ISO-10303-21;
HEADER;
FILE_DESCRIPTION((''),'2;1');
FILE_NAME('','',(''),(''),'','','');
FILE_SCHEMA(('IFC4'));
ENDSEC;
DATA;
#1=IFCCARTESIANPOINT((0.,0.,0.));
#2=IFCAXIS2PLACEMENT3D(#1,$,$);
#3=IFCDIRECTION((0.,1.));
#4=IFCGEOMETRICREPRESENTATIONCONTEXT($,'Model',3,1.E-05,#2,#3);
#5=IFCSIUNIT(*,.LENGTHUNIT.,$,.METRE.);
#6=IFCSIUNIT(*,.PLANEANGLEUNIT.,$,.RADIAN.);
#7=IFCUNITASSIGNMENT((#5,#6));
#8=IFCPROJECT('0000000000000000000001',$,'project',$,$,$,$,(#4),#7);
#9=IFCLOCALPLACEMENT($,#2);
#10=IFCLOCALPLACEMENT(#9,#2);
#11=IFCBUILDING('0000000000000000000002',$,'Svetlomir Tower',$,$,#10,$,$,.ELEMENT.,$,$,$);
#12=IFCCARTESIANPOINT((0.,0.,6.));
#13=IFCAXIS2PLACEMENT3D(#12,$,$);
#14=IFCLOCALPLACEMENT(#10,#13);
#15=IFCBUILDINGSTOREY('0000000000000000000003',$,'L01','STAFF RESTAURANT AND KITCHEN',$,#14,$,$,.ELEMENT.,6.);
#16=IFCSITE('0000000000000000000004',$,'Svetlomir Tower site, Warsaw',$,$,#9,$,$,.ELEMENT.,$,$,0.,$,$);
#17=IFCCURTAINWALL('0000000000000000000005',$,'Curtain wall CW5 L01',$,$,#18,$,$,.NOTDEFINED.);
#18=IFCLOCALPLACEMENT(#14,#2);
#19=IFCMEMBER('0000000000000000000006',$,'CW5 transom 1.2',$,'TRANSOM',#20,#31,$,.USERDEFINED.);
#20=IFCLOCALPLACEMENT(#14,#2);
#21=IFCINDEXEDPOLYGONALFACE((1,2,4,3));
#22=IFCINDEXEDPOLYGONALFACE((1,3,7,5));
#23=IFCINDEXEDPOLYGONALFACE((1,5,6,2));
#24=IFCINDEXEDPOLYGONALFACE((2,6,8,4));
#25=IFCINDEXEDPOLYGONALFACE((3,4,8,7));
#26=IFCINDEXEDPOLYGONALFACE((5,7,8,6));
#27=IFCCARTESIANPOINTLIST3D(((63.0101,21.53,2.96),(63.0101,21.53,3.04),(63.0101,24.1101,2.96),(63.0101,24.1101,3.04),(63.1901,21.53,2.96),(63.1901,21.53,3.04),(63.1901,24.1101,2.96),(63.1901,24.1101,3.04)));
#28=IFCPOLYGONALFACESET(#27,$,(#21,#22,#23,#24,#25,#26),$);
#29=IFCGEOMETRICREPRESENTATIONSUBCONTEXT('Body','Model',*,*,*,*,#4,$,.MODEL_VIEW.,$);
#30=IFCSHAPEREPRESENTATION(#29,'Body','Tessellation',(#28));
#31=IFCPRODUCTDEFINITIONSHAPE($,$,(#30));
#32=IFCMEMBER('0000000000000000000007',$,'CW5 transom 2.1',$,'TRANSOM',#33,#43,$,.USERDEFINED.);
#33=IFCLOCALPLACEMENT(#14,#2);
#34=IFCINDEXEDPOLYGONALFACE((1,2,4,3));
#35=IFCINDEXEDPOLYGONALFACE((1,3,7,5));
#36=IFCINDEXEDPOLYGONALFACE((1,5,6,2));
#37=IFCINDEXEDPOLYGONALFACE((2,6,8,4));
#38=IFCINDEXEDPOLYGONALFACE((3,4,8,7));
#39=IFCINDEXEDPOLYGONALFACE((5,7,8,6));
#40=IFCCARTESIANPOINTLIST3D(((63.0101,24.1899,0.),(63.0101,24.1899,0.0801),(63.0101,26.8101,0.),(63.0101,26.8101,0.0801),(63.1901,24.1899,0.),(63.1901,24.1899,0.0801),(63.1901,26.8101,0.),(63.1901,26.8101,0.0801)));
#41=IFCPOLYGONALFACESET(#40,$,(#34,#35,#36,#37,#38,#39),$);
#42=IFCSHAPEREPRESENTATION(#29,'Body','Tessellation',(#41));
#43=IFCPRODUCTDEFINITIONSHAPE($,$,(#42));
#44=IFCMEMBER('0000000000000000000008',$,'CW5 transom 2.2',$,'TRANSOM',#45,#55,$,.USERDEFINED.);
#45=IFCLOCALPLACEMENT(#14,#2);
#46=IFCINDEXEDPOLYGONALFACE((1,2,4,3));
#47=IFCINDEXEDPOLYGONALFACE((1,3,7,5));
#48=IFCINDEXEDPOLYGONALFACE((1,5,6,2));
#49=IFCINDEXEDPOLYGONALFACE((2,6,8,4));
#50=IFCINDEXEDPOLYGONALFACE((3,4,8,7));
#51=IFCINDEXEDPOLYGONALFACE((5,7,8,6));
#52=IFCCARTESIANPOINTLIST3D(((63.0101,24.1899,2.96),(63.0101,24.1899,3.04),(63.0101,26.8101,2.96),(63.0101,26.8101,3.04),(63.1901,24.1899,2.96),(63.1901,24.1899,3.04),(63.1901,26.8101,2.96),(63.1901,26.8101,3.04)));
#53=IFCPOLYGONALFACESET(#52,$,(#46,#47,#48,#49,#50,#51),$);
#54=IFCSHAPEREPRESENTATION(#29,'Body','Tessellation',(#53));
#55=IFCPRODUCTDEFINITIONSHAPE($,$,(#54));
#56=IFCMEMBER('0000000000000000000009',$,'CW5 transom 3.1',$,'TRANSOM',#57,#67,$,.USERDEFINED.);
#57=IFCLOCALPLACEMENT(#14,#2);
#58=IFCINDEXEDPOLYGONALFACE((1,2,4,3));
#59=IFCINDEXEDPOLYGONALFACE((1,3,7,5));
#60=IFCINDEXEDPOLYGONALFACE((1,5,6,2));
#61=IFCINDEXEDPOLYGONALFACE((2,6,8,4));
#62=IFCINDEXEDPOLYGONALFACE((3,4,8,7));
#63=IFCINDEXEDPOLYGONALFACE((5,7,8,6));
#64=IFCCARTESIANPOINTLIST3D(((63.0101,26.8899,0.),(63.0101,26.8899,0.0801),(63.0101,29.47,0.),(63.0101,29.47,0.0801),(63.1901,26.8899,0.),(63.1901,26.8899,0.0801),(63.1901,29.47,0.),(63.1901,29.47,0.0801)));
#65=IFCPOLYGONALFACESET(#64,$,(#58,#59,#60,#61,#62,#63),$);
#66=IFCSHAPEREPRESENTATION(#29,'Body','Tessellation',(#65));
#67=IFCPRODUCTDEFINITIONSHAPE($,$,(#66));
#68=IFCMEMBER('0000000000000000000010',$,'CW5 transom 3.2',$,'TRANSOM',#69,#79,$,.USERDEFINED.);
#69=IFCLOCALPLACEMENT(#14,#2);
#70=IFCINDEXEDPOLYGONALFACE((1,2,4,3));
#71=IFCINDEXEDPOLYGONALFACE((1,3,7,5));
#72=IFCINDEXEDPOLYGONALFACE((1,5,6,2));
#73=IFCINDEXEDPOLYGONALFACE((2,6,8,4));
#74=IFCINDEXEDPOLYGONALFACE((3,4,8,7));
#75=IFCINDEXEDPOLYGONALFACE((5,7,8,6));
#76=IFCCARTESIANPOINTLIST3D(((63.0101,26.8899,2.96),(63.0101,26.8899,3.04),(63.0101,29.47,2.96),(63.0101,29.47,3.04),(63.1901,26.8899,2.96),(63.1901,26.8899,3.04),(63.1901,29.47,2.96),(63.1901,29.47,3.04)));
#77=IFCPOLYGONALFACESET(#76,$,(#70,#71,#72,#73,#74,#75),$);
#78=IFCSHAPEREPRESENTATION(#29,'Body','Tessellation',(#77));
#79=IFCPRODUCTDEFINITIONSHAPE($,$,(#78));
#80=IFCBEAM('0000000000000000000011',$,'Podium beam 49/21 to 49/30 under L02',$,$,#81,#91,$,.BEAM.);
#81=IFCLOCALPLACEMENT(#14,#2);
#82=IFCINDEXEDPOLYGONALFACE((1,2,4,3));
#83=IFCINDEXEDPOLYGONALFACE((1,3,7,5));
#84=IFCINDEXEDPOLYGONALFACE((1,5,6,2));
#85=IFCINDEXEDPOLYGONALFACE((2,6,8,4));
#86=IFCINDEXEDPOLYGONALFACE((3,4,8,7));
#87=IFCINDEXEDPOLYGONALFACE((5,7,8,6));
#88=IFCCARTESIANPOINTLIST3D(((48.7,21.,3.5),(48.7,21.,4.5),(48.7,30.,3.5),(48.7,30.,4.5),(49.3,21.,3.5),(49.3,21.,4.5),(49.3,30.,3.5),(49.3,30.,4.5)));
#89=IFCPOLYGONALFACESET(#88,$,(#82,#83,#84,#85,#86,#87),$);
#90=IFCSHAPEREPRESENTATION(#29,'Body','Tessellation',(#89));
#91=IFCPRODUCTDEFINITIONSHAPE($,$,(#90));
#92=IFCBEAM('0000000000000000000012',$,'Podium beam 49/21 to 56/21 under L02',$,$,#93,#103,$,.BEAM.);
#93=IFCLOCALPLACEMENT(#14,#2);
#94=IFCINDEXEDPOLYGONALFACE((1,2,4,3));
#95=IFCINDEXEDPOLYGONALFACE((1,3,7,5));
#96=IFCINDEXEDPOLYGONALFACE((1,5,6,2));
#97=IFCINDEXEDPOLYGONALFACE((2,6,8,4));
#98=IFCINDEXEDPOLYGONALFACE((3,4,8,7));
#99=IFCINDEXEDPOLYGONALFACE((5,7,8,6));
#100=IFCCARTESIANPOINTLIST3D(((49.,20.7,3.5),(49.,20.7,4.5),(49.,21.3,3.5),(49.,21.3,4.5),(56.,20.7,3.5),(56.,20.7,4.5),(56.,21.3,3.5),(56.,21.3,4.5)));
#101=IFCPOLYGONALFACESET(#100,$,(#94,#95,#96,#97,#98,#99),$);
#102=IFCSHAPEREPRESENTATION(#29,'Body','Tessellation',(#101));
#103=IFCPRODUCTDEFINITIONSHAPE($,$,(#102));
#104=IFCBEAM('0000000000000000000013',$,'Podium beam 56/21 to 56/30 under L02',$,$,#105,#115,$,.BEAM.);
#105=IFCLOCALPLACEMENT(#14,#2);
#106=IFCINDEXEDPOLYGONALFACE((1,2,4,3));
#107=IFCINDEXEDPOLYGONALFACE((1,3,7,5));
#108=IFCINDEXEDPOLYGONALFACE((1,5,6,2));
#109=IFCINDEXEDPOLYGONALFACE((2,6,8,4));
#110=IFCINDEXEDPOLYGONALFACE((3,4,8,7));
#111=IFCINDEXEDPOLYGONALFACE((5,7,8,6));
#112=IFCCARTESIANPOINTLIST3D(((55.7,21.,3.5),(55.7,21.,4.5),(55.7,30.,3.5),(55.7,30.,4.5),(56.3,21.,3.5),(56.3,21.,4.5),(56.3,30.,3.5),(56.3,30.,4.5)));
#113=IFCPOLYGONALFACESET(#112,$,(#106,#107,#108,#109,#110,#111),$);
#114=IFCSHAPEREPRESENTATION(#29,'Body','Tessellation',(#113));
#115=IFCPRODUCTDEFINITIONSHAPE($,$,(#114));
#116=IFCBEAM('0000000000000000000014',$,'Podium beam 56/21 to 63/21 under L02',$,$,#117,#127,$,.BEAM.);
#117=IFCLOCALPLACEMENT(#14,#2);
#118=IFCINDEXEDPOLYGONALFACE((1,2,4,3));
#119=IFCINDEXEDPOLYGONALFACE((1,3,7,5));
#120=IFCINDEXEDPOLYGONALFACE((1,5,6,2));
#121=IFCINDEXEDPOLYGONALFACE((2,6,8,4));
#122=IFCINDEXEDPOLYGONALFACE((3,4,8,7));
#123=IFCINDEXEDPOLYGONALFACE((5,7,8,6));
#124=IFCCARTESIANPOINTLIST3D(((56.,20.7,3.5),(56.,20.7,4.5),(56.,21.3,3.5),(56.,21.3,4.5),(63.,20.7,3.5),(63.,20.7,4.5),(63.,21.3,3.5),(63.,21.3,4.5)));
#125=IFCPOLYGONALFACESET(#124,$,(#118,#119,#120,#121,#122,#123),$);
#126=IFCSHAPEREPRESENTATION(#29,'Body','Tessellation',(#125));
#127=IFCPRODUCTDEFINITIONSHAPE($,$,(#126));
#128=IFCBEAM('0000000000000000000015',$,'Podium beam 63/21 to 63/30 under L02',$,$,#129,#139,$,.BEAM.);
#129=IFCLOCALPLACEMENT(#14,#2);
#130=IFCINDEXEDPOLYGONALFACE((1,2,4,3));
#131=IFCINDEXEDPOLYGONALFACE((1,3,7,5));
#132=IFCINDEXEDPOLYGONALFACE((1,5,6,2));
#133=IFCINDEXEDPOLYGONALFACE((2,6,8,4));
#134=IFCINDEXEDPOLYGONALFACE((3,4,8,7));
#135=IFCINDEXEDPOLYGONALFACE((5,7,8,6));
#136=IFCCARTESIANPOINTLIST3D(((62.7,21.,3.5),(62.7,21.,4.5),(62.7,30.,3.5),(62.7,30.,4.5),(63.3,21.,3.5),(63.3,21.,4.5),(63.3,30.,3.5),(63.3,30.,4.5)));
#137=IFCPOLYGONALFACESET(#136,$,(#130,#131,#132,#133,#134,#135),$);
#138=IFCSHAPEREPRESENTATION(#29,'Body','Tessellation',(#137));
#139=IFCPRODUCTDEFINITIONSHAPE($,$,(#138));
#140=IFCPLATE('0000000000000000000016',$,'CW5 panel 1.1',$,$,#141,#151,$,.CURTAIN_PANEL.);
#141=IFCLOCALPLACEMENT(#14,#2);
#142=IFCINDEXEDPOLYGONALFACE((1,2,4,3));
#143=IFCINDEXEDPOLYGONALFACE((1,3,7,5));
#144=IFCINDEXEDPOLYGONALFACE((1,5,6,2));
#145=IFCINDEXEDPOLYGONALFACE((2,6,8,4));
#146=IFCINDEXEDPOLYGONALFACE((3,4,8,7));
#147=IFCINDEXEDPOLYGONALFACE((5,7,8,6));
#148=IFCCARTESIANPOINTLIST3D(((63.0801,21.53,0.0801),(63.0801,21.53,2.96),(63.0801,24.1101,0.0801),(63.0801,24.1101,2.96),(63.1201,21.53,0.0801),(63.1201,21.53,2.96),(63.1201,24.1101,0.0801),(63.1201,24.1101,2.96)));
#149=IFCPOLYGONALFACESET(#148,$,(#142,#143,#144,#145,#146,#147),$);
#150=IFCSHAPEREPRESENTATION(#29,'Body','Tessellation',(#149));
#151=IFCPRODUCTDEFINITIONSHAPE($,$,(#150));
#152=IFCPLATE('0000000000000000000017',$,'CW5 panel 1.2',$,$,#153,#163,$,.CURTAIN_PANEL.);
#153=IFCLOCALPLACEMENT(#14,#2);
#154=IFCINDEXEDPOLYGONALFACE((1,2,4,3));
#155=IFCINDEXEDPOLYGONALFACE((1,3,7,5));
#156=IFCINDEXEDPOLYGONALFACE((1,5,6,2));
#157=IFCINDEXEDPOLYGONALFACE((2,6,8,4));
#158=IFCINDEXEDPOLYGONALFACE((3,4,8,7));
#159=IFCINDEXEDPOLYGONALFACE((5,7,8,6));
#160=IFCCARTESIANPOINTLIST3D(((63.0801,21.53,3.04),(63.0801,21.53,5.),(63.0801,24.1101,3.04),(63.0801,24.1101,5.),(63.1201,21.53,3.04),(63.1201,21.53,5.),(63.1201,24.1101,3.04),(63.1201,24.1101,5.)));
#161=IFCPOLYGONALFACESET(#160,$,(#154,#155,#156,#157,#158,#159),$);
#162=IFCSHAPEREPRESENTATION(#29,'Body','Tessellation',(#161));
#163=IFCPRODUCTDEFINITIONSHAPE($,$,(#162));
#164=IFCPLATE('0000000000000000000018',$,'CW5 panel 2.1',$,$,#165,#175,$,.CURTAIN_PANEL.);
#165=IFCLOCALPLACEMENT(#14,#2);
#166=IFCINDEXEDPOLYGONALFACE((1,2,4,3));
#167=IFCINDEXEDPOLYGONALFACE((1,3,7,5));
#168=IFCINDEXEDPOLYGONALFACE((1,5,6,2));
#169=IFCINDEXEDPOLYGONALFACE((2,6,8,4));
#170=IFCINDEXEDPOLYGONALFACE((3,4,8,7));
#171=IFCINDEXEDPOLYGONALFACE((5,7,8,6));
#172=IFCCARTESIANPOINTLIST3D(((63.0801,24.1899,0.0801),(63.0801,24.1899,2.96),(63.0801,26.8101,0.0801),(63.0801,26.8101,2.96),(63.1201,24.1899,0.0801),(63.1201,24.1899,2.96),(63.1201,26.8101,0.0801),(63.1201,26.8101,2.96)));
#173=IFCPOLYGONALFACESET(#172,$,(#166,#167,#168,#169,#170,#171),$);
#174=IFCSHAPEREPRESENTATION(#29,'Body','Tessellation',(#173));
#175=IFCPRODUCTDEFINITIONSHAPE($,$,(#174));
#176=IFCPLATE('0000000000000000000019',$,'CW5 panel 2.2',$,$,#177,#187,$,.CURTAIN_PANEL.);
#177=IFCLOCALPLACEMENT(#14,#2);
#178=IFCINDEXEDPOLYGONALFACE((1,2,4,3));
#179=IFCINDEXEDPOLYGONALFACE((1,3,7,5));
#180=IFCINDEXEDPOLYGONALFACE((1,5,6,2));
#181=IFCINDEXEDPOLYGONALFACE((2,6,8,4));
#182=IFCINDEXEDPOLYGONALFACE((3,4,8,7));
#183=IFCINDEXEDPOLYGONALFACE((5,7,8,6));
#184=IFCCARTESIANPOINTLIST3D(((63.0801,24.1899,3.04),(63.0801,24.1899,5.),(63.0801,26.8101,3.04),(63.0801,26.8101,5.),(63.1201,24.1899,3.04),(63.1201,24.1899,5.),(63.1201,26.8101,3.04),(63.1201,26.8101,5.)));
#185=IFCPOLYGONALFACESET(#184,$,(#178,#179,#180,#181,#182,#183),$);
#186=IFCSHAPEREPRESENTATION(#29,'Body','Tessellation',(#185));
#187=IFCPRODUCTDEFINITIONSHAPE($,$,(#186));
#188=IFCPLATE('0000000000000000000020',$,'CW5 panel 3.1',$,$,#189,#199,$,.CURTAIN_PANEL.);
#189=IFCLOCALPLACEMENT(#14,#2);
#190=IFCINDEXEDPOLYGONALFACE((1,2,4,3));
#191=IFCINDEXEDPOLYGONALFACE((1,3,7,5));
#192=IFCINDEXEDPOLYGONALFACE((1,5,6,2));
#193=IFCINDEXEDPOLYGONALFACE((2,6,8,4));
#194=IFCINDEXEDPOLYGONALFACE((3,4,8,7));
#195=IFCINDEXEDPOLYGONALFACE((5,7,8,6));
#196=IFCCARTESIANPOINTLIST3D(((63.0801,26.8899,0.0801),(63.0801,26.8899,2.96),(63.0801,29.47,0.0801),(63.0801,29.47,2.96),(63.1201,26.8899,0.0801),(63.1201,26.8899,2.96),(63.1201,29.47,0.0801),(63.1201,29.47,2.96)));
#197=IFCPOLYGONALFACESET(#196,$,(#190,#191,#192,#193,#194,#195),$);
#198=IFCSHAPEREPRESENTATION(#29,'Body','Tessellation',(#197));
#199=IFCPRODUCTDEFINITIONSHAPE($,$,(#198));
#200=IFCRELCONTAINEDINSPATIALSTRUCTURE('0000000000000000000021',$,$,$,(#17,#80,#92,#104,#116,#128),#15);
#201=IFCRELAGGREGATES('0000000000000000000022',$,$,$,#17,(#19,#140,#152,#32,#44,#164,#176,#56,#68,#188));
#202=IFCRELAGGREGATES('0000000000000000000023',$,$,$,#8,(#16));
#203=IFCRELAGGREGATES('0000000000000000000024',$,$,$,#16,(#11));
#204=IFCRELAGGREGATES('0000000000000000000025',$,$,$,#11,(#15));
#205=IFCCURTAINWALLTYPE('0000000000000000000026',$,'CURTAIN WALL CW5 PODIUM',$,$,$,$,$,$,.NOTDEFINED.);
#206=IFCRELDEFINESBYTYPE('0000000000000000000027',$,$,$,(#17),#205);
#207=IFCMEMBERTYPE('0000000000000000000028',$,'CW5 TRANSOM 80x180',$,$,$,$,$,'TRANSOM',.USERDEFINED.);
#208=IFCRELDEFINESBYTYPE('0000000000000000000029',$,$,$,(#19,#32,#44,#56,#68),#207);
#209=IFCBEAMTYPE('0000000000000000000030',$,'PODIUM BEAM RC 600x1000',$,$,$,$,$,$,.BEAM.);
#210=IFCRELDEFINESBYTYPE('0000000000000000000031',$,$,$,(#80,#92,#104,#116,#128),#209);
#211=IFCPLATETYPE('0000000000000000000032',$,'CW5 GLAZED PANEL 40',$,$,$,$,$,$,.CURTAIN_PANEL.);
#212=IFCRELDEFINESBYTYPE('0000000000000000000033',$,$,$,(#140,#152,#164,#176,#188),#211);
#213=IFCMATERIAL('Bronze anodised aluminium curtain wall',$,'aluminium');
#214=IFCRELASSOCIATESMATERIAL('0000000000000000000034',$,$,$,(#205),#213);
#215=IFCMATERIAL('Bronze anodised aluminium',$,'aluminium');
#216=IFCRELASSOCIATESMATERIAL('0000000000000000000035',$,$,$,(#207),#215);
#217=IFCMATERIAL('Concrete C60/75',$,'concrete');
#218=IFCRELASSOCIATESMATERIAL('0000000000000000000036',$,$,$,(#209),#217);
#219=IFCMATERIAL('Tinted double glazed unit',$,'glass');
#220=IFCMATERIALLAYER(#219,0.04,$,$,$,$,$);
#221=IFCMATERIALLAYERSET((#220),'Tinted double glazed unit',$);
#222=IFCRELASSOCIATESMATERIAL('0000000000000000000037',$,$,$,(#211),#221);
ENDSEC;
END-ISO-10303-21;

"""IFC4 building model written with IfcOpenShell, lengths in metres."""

from ifc_helpers import new_model, si_unit, direction, frame, origin, origin_2d, place, context, subcontext, project, spatial, rectangle, extrude, material, layer, layer_set, material_profile, profile_set, type_object, element, aggregate, save


model = new_model("IFC4")

# Units and contexts
model_context = context("Model", 3, precision=1e-05, world=origin(), true_north=direction((0.0, 1.0)))
body_context = subcontext(model_context, "Body", "Model", "MODEL_VIEW")
ifc_project = project(units=[si_unit("LENGTHUNIT", "METRE"), si_unit("PLANEANGLEUNIT", "RADIAN")], contexts=[model_context])

# Site, building, storey
site_placement = place(None, origin())
site = spatial("IfcSite", under=ifc_project, at=site_placement, Name="Svetlomir Tower site, Warsaw", CompositionType="ELEMENT", RefElevation=0.0)
building_placement = place(site_placement, origin())
building = spatial("IfcBuilding", under=site, at=building_placement, Name="Svetlomir Tower", CompositionType="ELEMENT")
storey_placement = place(building_placement, frame((0.0, 0.0, 6.0)))
storey = spatial("IfcBuildingStorey", under=building, at=storey_placement, Name="L01", Description="STAFF RESTAURANT AND KITCHEN", CompositionType="ELEMENT", Elevation=6.0)

# Curtain wall, members
ifc_material_1 = material(Name="Bronze anodised aluminium curtain wall", Category="aluminium")
curtain_wall_type = type_object("IfcCurtainWallType", Name="CURTAIN WALL CW5 PODIUM", PredefinedType="NOTDEFINED", material=ifc_material_1)
curtain_wall_placement = place(storey_placement, origin())
curtain_wall = element("IfcCurtainWall", 1, at=curtain_wall_placement, inside=storey, type_object=curtain_wall_type, Name="Curtain wall CW5 L01", PredefinedType="NOTDEFINED")
ifc_material_2 = material(Name="Bronze anodised aluminium", Category="aluminium")
ifc_material_profile_1 = material_profile(ifc_material_2, rectangle(XDim=0.1799, YDim=0.0801, at=origin_2d()), Name="AL 180x80")
ifc_profile_set_1 = profile_set([ifc_material_profile_1], Name="Bronze anodised aluminium 6063-T6")
member_type_1 = type_object("IfcMemberType", Name="CW5 TRANSOM 80x180", ElementType="TRANSOM", PredefinedType="USERDEFINED", material=ifc_profile_set_1)
member_1_placement = place(storey_placement, frame((63.1001, 21.53, 3.0), z_axis=(0.0, 1.0, 0.0), x_axis=(-1.0, 0.0, 0.0)))
member_1 = element("IfcMember", 2, at=member_1_placement, type_object=member_type_1, Name="CW5 transom 1.2", ObjectType="TRANSOM", PredefinedType="USERDEFINED", context=body_context, shape_type="SweptSolid", body=[
    extrude(rectangle(XDim=0.1799, YDim=0.0801, at=origin_2d()), origin(), (0.0, 0.0, 1.0), 2.5801),
])
member_2_placement = place(storey_placement, frame((63.1001, 24.1899, 0.04), z_axis=(0.0, 1.0, 0.0), x_axis=(-1.0, 0.0, 0.0)))
member_2 = element("IfcMember", 3, at=member_2_placement, type_object=member_type_1, Name="CW5 transom 2.1", ObjectType="TRANSOM", PredefinedType="USERDEFINED", context=body_context, shape_type="SweptSolid", body=[
    extrude(rectangle(XDim=0.1799, YDim=0.0801, at=origin_2d()), origin(), (0.0, 0.0, 1.0), 2.6201),
])
member_3_placement = place(storey_placement, frame((63.1001, 24.1899, 3.0), z_axis=(0.0, 1.0, 0.0), x_axis=(-1.0, 0.0, 0.0)))
member_3 = element("IfcMember", 4, at=member_3_placement, type_object=member_type_1, Name="CW5 transom 2.2", ObjectType="TRANSOM", PredefinedType="USERDEFINED", context=body_context, shape_type="SweptSolid", body=[
    extrude(rectangle(XDim=0.1799, YDim=0.0801, at=origin_2d()), origin(), (0.0, 0.0, 1.0), 2.6201),
])
member_4_placement = place(storey_placement, frame((63.1001, 26.8899, 0.04), z_axis=(0.0, 1.0, 0.0), x_axis=(-1.0, 0.0, 0.0)))
member_4 = element("IfcMember", 5, at=member_4_placement, type_object=member_type_1, Name="CW5 transom 3.1", ObjectType="TRANSOM", PredefinedType="USERDEFINED", context=body_context, shape_type="SweptSolid", body=[
    extrude(rectangle(XDim=0.1799, YDim=0.0801, at=origin_2d()), origin(), (0.0, 0.0, 1.0), 2.5801),
])
member_5_placement = place(storey_placement, frame((63.1001, 26.8899, 3.0), z_axis=(0.0, 1.0, 0.0), x_axis=(-1.0, 0.0, 0.0)))
member_5 = element("IfcMember", 6, at=member_5_placement, type_object=member_type_1, Name="CW5 transom 3.2", ObjectType="TRANSOM", PredefinedType="USERDEFINED", context=body_context, shape_type="SweptSolid", body=[
    extrude(rectangle(XDim=0.1799, YDim=0.0801, at=origin_2d()), origin(), (0.0, 0.0, 1.0), 2.5801),
])

# Beams
ifc_material_3 = material(Name="Concrete C60/75", Category="concrete")
ifc_material_profile_2 = material_profile(ifc_material_3, rectangle(XDim=0.6001, YDim=1.0, at=origin_2d()), Name="RC 600x1000")
ifc_profile_set_2 = profile_set([ifc_material_profile_2], Name="Concrete C60/75")
beam_type = type_object("IfcBeamType", Name="PODIUM BEAM RC 600x1000", PredefinedType="BEAM", material=ifc_profile_set_2)
beam_1_placement = place(storey_placement, frame((49.0, 21.0, 4.0), z_axis=(0.0, 1.0, 0.0), x_axis=(-1.0, 0.0, 0.0)))
element("IfcBeam", 7, at=beam_1_placement, inside=storey, type_object=beam_type, Name="Podium beam 49/21 to 49/30 under L02", PredefinedType="BEAM", context=body_context, shape_type="SweptSolid", body=[
    extrude(rectangle(XDim=0.6001, YDim=1.0, at=origin_2d()), origin(), (0.0, 0.0, 1.0), 9.0),
])
beam_2_placement = place(storey_placement, frame((49.0, 21.0, 4.0), z_axis=(1.0, 0.0, 0.0), x_axis=(0.0, 1.0, 0.0)))
element("IfcBeam", 8, at=beam_2_placement, inside=storey, type_object=beam_type, Name="Podium beam 49/21 to 56/21 under L02", PredefinedType="BEAM", context=body_context, shape_type="SweptSolid", body=[
    extrude(rectangle(XDim=0.6001, YDim=1.0, at=origin_2d()), origin(), (0.0, 0.0, 1.0), 7.0),
])
beam_3_placement = place(storey_placement, frame((56.0, 21.0, 4.0), z_axis=(0.0, 1.0, 0.0), x_axis=(-1.0, 0.0, 0.0)))
element("IfcBeam", 9, at=beam_3_placement, inside=storey, type_object=beam_type, Name="Podium beam 56/21 to 56/30 under L02", PredefinedType="BEAM", context=body_context, shape_type="SweptSolid", body=[
    extrude(rectangle(XDim=0.6001, YDim=1.0, at=origin_2d()), origin(), (0.0, 0.0, 1.0), 9.0),
])
beam_4_placement = place(storey_placement, frame((56.0, 21.0, 4.0), z_axis=(1.0, 0.0, 0.0), x_axis=(0.0, 1.0, 0.0)))
element("IfcBeam", 10, at=beam_4_placement, inside=storey, type_object=beam_type, Name="Podium beam 56/21 to 63/21 under L02", PredefinedType="BEAM", context=body_context, shape_type="SweptSolid", body=[
    extrude(rectangle(XDim=0.6001, YDim=1.0, at=origin_2d()), origin(), (0.0, 0.0, 1.0), 7.0),
])
beam_5_placement = place(storey_placement, frame((63.0, 21.0, 4.0), z_axis=(0.0, 1.0, 0.0), x_axis=(-1.0, 0.0, 0.0)))
element("IfcBeam", 11, at=beam_5_placement, inside=storey, type_object=beam_type, Name="Podium beam 63/21 to 63/30 under L02", PredefinedType="BEAM", context=body_context, shape_type="SweptSolid", body=[
    extrude(rectangle(XDim=0.6001, YDim=1.0, at=origin_2d()), origin(), (0.0, 0.0, 1.0), 9.0),
])

# Plates
ifc_material_4 = material(Name="Tinted double glazed unit", Category="glass")
ifc_layer = layer(ifc_material_4, 0.04)
ifc_layer_set = layer_set([ifc_layer], Name="Tinted double glazed unit")
plate_type = type_object("IfcPlateType", Name="CW5 GLAZED PANEL 40", PredefinedType="CURTAIN_PANEL", material=ifc_layer_set)
plate_1_placement = place(storey_placement, frame((63.1001, 22.8201, 0.0801), z_axis=(0.0, 0.0, 1.0), x_axis=(0.0, 1.0, 0.0)))
plate_1 = element("IfcPlate", 12, at=plate_1_placement, type_object=plate_type, Name="CW5 panel 1.1", PredefinedType="CURTAIN_PANEL", context=body_context, shape_type="SweptSolid", body=[
    extrude(rectangle(XDim=2.5801, YDim=0.04, at=origin_2d()), origin(), (0.0, 0.0, 1.0), 2.8799),
])
plate_2_placement = place(storey_placement, frame((63.1001, 22.8201, 3.04), z_axis=(0.0, 0.0, 1.0), x_axis=(0.0, 1.0, 0.0)))
plate_2 = element("IfcPlate", 13, at=plate_2_placement, type_object=plate_type, Name="CW5 panel 1.2", PredefinedType="CURTAIN_PANEL", context=body_context, shape_type="SweptSolid", body=[
    extrude(rectangle(XDim=2.5801, YDim=0.04, at=origin_2d()), origin(), (0.0, 0.0, 1.0), 1.96),
])
plate_3_placement = place(storey_placement, frame((63.1001, 25.5, 0.0801), z_axis=(0.0, 0.0, 1.0), x_axis=(0.0, 1.0, 0.0)))
plate_3 = element("IfcPlate", 14, at=plate_3_placement, type_object=plate_type, Name="CW5 panel 2.1", PredefinedType="CURTAIN_PANEL", context=body_context, shape_type="SweptSolid", body=[
    extrude(rectangle(XDim=2.6201, YDim=0.04, at=origin_2d()), origin(), (0.0, 0.0, 1.0), 2.8799),
])
plate_4_placement = place(storey_placement, frame((63.1001, 25.5, 3.04), z_axis=(0.0, 0.0, 1.0), x_axis=(0.0, 1.0, 0.0)))
plate_4 = element("IfcPlate", 15, at=plate_4_placement, type_object=plate_type, Name="CW5 panel 2.2", PredefinedType="CURTAIN_PANEL", context=body_context, shape_type="SweptSolid", body=[
    extrude(rectangle(XDim=2.6201, YDim=0.04, at=origin_2d()), origin(), (0.0, 0.0, 1.0), 1.96),
])
plate_5_placement = place(storey_placement, frame((63.1001, 28.1799, 0.0801), z_axis=(0.0, 0.0, 1.0), x_axis=(0.0, 1.0, 0.0)))
plate_5 = element("IfcPlate", 16, at=plate_5_placement, type_object=plate_type, Name="CW5 panel 3.1", PredefinedType="CURTAIN_PANEL", context=body_context, shape_type="SweptSolid", body=[
    extrude(rectangle(XDim=2.5801, YDim=0.04, at=origin_2d()), origin(), (0.0, 0.0, 1.0), 2.8799),
])
aggregate(curtain_wall, [member_1, plate_1, plate_2, member_2, member_3, plate_3, plate_4, member_4, member_5, plate_5])

save(model, "model.ifc")
